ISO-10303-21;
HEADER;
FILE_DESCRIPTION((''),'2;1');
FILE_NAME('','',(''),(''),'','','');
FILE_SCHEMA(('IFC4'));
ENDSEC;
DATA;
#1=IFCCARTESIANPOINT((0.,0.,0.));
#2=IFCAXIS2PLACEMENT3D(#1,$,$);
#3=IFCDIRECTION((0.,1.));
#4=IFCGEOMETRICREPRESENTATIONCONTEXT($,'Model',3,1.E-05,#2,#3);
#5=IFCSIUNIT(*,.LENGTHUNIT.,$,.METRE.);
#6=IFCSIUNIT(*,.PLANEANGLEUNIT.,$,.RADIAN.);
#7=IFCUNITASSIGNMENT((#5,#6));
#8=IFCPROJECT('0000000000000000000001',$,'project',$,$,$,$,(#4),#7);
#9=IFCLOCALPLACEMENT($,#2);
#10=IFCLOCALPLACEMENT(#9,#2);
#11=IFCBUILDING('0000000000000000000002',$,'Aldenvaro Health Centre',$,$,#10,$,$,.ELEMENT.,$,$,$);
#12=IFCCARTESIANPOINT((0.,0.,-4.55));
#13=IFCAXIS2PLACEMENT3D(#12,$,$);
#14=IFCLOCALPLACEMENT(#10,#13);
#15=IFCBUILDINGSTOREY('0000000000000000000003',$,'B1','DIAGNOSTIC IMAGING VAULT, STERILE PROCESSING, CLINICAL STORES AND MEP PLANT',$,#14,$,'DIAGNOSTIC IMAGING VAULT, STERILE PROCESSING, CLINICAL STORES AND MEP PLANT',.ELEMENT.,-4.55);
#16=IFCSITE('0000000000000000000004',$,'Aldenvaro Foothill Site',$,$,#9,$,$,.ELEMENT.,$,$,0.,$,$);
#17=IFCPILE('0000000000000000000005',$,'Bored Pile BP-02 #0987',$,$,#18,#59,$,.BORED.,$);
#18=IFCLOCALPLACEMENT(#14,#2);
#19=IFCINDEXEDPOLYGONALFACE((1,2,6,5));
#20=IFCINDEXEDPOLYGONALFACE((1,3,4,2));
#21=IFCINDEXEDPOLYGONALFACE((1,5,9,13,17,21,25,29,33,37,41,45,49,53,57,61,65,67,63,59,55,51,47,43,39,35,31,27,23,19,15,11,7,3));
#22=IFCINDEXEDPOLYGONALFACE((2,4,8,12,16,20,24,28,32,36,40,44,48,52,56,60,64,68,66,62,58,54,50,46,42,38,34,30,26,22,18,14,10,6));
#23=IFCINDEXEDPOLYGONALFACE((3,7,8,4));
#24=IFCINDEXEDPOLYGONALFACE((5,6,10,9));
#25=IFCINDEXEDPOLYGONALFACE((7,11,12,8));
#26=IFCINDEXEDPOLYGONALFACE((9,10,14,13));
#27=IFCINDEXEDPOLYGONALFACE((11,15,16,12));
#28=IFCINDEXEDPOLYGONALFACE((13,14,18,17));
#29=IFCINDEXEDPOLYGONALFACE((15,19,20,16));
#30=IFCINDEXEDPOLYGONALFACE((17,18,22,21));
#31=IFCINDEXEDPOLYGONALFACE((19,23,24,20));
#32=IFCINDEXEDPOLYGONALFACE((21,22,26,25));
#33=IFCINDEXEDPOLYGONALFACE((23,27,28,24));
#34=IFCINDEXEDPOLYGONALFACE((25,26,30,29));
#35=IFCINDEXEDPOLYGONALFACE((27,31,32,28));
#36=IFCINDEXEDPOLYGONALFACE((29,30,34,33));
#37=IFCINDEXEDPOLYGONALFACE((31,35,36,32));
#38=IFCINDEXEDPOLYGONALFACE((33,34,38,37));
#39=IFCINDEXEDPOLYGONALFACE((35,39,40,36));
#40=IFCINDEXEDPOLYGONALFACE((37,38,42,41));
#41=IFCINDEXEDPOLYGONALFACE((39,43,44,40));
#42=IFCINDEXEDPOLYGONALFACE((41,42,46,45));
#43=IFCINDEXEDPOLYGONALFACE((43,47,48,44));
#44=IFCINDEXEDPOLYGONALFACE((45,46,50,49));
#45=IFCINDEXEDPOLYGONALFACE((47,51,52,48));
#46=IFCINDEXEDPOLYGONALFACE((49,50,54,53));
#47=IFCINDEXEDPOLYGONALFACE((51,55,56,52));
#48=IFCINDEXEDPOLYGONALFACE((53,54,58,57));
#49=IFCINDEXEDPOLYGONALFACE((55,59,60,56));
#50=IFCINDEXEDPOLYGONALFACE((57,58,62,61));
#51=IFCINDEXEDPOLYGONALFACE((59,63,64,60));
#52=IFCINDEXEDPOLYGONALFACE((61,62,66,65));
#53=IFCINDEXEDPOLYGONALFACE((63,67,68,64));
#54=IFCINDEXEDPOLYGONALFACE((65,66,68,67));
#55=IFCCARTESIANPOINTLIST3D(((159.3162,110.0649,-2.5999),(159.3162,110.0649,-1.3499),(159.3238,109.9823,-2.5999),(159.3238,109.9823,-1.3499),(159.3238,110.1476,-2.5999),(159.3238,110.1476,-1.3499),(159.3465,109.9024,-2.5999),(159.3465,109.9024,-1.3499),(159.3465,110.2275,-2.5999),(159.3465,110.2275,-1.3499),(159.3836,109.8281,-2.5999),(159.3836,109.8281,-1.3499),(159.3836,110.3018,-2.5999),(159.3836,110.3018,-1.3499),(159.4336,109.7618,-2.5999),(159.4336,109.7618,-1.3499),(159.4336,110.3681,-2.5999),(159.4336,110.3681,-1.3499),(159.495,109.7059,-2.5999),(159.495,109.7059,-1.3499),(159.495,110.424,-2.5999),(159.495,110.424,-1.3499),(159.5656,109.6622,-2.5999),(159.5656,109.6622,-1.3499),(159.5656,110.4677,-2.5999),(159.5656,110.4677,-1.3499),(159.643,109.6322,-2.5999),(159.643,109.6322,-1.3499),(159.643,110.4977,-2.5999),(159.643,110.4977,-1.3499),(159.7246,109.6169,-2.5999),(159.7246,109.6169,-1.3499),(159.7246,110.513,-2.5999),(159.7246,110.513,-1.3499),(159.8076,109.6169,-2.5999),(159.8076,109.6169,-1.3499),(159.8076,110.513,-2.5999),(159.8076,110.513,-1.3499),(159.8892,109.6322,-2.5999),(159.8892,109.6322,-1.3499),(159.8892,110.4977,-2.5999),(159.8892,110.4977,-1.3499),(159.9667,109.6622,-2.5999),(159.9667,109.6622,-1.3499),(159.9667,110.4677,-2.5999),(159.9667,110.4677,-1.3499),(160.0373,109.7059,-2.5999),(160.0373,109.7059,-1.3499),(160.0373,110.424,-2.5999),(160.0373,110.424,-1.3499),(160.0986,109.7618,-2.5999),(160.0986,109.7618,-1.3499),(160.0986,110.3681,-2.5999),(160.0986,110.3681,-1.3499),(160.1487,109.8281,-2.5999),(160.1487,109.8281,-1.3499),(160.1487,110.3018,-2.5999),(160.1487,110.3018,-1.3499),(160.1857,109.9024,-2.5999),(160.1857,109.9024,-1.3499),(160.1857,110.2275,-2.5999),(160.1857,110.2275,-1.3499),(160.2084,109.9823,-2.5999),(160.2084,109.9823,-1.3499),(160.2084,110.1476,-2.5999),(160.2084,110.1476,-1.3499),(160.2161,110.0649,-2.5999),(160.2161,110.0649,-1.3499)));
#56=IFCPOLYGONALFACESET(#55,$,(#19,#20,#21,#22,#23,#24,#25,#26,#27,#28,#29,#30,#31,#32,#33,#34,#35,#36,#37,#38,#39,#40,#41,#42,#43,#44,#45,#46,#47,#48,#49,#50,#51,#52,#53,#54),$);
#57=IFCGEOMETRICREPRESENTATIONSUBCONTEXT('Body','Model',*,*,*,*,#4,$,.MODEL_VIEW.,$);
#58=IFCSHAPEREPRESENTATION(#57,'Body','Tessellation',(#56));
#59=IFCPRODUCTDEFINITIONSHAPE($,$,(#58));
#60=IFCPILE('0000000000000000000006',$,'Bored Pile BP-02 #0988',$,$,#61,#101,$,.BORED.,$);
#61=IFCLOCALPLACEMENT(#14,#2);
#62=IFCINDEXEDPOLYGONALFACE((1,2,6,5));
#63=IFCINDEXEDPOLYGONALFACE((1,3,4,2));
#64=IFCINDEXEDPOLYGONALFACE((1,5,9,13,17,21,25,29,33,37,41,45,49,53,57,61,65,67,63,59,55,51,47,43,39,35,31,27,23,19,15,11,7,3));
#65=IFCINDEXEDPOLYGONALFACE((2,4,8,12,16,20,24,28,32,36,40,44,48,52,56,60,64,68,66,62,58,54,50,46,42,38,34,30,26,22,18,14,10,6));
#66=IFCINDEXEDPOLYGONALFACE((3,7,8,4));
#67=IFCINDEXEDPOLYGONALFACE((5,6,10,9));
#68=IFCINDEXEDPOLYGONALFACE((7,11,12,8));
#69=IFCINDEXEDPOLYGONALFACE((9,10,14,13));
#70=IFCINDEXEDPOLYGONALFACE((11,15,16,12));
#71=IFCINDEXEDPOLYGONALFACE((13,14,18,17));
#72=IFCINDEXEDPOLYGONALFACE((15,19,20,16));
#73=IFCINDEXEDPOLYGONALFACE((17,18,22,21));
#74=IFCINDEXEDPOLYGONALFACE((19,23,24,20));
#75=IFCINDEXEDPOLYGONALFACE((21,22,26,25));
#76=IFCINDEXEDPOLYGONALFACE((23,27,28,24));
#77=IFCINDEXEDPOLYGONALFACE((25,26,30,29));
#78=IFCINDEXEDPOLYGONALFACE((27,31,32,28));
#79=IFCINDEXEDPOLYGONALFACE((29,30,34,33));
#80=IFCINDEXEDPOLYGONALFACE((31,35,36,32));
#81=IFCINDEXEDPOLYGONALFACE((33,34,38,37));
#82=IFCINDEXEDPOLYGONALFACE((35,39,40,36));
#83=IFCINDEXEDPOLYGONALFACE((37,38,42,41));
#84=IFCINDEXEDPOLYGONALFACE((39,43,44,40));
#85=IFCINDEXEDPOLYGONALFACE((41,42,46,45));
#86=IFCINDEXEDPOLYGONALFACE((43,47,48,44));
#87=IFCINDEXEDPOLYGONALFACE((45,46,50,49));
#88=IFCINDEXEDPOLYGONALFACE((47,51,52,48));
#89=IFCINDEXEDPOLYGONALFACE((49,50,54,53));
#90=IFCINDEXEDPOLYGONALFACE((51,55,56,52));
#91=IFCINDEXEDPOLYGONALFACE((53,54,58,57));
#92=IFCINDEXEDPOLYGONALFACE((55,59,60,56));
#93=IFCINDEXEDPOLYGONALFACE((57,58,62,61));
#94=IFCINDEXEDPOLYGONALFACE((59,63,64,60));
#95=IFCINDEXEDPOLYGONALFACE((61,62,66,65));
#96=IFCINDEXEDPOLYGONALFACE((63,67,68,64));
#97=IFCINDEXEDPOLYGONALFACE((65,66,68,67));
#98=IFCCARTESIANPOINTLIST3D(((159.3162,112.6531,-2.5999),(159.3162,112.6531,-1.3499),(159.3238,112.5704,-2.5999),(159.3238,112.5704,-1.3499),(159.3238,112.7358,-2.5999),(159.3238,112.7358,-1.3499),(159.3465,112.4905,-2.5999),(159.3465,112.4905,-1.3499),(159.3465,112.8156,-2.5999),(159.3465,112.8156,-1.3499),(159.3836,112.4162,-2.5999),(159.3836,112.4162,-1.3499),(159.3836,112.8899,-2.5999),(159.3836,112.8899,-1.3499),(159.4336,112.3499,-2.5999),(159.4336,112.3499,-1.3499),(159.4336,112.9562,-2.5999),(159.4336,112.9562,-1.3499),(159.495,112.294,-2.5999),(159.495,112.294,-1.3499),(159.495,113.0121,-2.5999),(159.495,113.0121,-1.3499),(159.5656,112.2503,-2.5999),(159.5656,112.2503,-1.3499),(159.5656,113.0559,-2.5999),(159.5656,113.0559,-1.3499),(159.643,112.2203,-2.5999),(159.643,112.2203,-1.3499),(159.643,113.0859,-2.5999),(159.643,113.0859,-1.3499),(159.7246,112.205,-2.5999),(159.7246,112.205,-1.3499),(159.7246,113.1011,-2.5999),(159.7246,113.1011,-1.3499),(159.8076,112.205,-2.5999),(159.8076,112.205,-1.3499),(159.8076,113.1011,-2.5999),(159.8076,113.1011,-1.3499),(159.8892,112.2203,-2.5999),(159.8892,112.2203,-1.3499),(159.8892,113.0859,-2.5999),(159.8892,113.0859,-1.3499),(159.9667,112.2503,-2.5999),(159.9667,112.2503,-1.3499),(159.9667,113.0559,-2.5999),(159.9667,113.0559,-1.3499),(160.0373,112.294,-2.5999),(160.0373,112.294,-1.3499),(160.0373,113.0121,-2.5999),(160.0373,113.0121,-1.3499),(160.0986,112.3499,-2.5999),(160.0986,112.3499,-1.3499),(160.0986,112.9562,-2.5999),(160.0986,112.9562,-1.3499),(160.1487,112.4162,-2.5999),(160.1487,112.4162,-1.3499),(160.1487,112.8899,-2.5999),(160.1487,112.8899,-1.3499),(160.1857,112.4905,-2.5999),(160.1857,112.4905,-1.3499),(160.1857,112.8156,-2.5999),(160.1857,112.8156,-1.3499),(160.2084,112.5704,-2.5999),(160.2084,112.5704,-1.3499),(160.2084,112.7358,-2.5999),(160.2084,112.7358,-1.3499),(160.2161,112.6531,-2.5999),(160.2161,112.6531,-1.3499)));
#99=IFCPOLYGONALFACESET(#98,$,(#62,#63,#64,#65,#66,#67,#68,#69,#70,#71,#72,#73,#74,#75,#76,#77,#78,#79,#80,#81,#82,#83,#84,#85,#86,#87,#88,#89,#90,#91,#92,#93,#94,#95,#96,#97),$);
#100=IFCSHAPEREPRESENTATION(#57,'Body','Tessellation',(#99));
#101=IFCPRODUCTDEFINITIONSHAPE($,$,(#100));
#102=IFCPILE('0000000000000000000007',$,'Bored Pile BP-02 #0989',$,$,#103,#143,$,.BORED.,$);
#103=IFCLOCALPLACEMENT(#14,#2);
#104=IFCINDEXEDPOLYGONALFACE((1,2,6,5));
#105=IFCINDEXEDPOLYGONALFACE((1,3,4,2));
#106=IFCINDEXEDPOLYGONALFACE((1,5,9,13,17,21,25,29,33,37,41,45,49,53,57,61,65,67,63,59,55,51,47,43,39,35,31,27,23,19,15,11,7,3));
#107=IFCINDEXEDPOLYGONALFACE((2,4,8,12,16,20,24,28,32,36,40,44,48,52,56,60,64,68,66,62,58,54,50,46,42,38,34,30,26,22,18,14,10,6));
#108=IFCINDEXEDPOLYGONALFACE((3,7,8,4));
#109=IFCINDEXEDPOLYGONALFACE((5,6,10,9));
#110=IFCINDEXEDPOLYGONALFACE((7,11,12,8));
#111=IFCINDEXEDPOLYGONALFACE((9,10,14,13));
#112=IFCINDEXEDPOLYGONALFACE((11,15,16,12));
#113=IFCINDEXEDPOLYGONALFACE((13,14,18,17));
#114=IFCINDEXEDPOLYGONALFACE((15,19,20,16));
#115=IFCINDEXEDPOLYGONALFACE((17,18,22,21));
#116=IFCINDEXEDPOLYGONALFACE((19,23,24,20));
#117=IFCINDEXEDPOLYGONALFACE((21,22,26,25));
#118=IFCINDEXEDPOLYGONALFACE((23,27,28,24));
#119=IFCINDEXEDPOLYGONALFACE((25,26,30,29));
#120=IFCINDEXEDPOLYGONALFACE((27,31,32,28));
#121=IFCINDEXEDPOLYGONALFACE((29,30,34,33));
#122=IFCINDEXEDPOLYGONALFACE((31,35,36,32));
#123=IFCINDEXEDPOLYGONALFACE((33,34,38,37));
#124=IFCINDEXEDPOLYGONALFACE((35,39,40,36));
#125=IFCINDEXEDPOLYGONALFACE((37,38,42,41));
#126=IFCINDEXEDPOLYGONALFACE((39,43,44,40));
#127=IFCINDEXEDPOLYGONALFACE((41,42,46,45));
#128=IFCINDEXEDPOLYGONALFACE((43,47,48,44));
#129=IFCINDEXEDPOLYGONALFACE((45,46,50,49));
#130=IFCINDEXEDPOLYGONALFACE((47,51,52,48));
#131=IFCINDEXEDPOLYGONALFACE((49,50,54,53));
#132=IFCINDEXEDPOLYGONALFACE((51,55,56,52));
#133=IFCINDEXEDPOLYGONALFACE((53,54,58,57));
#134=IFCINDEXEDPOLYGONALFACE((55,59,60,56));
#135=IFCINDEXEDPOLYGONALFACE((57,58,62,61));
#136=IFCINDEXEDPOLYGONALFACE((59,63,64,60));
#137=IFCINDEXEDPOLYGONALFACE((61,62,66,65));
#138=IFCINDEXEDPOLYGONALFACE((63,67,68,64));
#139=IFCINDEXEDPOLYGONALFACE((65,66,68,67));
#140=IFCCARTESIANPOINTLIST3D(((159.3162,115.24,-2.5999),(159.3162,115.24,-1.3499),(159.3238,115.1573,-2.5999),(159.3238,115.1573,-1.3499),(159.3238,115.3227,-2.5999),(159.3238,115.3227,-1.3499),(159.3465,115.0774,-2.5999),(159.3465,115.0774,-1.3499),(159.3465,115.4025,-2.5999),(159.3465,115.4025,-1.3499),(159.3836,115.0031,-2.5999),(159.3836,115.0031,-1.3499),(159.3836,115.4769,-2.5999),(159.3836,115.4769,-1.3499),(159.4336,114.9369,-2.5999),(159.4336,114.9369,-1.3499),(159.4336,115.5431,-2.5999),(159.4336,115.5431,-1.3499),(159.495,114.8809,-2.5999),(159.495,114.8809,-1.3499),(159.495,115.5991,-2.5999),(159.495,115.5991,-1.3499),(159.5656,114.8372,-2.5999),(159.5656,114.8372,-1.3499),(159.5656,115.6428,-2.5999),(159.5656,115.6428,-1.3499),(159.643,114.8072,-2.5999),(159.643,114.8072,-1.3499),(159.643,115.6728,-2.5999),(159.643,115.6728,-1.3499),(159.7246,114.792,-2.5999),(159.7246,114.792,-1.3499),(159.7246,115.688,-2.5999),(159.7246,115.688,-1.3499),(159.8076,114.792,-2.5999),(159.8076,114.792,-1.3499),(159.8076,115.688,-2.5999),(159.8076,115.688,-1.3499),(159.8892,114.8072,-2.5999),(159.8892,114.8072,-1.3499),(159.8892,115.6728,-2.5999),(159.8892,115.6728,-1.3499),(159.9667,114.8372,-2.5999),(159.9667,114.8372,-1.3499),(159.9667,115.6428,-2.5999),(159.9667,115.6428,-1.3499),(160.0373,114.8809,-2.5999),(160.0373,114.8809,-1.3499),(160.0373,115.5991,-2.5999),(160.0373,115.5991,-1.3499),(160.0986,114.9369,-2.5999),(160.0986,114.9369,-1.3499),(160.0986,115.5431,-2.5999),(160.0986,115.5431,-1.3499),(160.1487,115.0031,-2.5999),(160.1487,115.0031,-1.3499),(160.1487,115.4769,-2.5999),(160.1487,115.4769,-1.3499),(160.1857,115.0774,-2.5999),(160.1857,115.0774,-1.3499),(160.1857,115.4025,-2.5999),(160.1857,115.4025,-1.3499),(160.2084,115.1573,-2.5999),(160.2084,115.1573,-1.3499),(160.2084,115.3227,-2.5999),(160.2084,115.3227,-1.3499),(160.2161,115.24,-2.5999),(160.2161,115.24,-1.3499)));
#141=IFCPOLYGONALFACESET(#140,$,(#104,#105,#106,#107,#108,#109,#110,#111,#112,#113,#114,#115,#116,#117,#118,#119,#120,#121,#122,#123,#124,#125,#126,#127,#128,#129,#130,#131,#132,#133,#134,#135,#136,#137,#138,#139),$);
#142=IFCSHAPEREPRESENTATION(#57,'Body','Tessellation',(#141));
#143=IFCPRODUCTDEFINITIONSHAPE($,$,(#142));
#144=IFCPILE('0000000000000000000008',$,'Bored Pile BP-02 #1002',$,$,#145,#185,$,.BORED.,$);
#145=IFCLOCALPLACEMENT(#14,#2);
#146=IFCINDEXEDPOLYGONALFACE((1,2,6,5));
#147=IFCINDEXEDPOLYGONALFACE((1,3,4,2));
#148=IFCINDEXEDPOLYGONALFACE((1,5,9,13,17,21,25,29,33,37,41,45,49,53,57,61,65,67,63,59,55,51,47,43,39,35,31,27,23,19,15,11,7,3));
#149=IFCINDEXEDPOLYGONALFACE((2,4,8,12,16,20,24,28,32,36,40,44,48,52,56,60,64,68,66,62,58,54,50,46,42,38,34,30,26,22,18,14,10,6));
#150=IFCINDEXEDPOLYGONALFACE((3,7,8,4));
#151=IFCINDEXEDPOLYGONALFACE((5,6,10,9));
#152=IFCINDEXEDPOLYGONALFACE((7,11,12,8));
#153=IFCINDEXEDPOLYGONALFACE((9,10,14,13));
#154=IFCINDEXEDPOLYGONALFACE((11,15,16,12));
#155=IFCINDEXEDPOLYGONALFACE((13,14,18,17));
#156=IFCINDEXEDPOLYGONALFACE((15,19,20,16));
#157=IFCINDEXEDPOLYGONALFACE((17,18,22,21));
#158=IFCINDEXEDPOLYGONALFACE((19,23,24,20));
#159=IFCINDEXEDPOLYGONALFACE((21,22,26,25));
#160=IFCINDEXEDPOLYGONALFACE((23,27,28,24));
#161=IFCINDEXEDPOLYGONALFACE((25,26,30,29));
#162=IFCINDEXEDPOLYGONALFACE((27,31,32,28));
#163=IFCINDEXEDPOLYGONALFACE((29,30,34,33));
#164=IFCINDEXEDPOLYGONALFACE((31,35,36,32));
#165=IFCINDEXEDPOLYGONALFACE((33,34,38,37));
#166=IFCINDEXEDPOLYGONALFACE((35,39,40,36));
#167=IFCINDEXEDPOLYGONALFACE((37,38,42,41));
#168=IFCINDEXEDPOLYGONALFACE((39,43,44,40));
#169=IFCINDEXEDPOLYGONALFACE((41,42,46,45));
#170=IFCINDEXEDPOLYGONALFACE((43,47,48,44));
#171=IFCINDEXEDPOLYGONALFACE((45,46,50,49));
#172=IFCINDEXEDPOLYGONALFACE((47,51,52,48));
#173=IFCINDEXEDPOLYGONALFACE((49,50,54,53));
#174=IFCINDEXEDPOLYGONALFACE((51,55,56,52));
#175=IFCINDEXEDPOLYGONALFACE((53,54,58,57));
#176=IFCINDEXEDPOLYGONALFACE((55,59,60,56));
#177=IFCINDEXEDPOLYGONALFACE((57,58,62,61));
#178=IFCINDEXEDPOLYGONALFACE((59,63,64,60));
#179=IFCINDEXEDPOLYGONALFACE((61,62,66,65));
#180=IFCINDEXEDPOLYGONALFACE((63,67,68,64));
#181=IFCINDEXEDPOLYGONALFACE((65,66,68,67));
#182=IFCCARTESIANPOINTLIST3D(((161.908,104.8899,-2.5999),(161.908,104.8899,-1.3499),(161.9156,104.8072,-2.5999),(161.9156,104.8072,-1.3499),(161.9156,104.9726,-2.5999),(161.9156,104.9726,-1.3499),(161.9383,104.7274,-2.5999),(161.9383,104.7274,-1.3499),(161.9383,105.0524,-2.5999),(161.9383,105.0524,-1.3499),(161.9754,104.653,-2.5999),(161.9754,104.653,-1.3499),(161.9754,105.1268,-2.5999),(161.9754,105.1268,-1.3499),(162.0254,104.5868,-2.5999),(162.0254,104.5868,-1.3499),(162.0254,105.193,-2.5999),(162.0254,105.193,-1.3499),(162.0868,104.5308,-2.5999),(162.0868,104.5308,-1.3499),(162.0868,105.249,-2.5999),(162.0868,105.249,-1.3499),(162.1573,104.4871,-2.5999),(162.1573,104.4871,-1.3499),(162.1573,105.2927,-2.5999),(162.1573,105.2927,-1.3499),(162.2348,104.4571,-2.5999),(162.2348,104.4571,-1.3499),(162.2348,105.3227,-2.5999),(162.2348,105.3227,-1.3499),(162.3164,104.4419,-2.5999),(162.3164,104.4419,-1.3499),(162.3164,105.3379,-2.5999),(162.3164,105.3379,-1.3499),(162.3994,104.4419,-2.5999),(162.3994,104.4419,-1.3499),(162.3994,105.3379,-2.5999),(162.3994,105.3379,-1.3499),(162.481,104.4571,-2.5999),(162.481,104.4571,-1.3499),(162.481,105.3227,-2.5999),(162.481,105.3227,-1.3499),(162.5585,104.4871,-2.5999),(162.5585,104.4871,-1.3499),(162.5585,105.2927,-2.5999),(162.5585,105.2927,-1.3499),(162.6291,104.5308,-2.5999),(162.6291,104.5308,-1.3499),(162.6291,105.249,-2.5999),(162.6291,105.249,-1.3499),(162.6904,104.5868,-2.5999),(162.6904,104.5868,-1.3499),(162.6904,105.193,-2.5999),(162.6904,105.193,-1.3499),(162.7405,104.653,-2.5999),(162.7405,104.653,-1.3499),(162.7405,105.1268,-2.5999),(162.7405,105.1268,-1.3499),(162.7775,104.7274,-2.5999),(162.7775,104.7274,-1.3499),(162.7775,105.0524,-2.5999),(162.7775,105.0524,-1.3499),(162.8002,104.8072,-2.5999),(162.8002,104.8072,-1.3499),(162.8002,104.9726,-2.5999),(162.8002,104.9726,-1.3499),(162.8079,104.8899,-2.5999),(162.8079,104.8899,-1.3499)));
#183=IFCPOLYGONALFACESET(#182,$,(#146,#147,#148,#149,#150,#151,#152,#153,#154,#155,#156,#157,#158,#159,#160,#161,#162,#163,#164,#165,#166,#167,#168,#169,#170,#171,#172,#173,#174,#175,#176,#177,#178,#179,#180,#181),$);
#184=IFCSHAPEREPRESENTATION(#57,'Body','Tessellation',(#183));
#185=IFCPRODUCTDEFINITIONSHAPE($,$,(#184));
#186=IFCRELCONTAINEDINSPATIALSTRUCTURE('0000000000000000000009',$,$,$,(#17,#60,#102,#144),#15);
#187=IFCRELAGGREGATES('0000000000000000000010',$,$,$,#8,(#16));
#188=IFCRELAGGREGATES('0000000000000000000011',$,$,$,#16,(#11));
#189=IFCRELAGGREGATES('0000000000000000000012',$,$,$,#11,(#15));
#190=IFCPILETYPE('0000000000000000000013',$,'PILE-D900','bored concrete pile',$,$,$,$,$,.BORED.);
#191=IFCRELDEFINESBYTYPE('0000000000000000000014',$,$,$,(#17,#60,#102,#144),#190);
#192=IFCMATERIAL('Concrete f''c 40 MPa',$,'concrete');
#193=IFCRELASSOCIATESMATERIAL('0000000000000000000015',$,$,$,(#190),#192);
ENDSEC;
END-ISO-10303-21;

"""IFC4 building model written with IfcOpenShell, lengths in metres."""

from ifc_helpers import new_model, si_unit, direction, frame, origin, origin_2d, place, context, subcontext, project, spatial, circle, extrude, material, material_profile, profile_set, type_object, element, save


model = new_model("IFC4")

# Units and contexts
model_context = context("Model", 3, precision=1e-05, world=origin(), true_north=direction((0.0, 1.0)))
body_context = subcontext(model_context, "Body", "Model", "MODEL_VIEW")
ifc_project = project(units=[si_unit("LENGTHUNIT", "METRE"), si_unit("PLANEANGLEUNIT", "RADIAN")], contexts=[model_context])

# Site, building, storey
site_placement = place(None, origin())
site = spatial("IfcSite", under=ifc_project, at=site_placement, Name="Aldenvaro Foothill Site", CompositionType="ELEMENT", RefElevation=0.0)
building_placement = place(site_placement, origin())
building = spatial("IfcBuilding", under=site, at=building_placement, Name="Aldenvaro Health Centre", CompositionType="ELEMENT")
storey_placement = place(building_placement, frame((0.0, 0.0, -4.55)))
storey = spatial("IfcBuildingStorey", under=building, at=storey_placement, Name="B1", Description="DIAGNOSTIC IMAGING VAULT, STERILE PROCESSING, CLINICAL STORES AND MEP PLANT", LongName="DIAGNOSTIC IMAGING VAULT, STERILE PROCESSING, CLINICAL STORES AND MEP PLANT", CompositionType="ELEMENT", Elevation=-4.55)

# Piles
ifc_material_1 = material(Name="Concrete f'c 40 MPa", Category="concrete")
ifc_material_profile_1 = material_profile(ifc_material_1, circle(Radius=0.45, at=origin_2d()), Name="PILE D900", Category="concrete")
ifc_profile_set_1 = profile_set([ifc_material_profile_1], Name="Concrete f'c 40 MPa")
pile_type = type_object("IfcPileType", Name="PILE-D900", Description="bored concrete pile", PredefinedType="BORED", material=ifc_profile_set_1)
for number, where, z_axis, x_axis, name in (
    (1, (159.7661, 110.0649, -1.3499), (0.0, 0.0, -1.0), (1.0, 0.0, 0.0), "Bored Pile BP-02 #0987"),
    (2, (159.7661, 112.6531, -1.3499), (0.0, 0.0, -1.0), (1.0, 0.0, 0.0), "Bored Pile BP-02 #0988"),
    (3, (159.7661, 115.24, -1.3499), (0.0, 0.0, -1.0), (1.0, 0.0, 0.0), "Bored Pile BP-02 #0989"),
    (4, (162.3579, 104.8899, -1.3499), (0.0, 0.0, -1.0), (1.0, 0.0, 0.0), "Bored Pile BP-02 #1002"),
):
    element("IfcPile", number, at=place(storey_placement, frame(where, z_axis=z_axis, x_axis=x_axis)), inside=storey, type_object=pile_type, Name=name, PredefinedType="BORED", context=body_context, shape_type="SweptSolid", body=[
        extrude(circle(Radius=0.45, at=origin_2d()), origin(), (0.0, 0.0, 1.0), 1.25),
    ])

save(model, "model.ifc")
